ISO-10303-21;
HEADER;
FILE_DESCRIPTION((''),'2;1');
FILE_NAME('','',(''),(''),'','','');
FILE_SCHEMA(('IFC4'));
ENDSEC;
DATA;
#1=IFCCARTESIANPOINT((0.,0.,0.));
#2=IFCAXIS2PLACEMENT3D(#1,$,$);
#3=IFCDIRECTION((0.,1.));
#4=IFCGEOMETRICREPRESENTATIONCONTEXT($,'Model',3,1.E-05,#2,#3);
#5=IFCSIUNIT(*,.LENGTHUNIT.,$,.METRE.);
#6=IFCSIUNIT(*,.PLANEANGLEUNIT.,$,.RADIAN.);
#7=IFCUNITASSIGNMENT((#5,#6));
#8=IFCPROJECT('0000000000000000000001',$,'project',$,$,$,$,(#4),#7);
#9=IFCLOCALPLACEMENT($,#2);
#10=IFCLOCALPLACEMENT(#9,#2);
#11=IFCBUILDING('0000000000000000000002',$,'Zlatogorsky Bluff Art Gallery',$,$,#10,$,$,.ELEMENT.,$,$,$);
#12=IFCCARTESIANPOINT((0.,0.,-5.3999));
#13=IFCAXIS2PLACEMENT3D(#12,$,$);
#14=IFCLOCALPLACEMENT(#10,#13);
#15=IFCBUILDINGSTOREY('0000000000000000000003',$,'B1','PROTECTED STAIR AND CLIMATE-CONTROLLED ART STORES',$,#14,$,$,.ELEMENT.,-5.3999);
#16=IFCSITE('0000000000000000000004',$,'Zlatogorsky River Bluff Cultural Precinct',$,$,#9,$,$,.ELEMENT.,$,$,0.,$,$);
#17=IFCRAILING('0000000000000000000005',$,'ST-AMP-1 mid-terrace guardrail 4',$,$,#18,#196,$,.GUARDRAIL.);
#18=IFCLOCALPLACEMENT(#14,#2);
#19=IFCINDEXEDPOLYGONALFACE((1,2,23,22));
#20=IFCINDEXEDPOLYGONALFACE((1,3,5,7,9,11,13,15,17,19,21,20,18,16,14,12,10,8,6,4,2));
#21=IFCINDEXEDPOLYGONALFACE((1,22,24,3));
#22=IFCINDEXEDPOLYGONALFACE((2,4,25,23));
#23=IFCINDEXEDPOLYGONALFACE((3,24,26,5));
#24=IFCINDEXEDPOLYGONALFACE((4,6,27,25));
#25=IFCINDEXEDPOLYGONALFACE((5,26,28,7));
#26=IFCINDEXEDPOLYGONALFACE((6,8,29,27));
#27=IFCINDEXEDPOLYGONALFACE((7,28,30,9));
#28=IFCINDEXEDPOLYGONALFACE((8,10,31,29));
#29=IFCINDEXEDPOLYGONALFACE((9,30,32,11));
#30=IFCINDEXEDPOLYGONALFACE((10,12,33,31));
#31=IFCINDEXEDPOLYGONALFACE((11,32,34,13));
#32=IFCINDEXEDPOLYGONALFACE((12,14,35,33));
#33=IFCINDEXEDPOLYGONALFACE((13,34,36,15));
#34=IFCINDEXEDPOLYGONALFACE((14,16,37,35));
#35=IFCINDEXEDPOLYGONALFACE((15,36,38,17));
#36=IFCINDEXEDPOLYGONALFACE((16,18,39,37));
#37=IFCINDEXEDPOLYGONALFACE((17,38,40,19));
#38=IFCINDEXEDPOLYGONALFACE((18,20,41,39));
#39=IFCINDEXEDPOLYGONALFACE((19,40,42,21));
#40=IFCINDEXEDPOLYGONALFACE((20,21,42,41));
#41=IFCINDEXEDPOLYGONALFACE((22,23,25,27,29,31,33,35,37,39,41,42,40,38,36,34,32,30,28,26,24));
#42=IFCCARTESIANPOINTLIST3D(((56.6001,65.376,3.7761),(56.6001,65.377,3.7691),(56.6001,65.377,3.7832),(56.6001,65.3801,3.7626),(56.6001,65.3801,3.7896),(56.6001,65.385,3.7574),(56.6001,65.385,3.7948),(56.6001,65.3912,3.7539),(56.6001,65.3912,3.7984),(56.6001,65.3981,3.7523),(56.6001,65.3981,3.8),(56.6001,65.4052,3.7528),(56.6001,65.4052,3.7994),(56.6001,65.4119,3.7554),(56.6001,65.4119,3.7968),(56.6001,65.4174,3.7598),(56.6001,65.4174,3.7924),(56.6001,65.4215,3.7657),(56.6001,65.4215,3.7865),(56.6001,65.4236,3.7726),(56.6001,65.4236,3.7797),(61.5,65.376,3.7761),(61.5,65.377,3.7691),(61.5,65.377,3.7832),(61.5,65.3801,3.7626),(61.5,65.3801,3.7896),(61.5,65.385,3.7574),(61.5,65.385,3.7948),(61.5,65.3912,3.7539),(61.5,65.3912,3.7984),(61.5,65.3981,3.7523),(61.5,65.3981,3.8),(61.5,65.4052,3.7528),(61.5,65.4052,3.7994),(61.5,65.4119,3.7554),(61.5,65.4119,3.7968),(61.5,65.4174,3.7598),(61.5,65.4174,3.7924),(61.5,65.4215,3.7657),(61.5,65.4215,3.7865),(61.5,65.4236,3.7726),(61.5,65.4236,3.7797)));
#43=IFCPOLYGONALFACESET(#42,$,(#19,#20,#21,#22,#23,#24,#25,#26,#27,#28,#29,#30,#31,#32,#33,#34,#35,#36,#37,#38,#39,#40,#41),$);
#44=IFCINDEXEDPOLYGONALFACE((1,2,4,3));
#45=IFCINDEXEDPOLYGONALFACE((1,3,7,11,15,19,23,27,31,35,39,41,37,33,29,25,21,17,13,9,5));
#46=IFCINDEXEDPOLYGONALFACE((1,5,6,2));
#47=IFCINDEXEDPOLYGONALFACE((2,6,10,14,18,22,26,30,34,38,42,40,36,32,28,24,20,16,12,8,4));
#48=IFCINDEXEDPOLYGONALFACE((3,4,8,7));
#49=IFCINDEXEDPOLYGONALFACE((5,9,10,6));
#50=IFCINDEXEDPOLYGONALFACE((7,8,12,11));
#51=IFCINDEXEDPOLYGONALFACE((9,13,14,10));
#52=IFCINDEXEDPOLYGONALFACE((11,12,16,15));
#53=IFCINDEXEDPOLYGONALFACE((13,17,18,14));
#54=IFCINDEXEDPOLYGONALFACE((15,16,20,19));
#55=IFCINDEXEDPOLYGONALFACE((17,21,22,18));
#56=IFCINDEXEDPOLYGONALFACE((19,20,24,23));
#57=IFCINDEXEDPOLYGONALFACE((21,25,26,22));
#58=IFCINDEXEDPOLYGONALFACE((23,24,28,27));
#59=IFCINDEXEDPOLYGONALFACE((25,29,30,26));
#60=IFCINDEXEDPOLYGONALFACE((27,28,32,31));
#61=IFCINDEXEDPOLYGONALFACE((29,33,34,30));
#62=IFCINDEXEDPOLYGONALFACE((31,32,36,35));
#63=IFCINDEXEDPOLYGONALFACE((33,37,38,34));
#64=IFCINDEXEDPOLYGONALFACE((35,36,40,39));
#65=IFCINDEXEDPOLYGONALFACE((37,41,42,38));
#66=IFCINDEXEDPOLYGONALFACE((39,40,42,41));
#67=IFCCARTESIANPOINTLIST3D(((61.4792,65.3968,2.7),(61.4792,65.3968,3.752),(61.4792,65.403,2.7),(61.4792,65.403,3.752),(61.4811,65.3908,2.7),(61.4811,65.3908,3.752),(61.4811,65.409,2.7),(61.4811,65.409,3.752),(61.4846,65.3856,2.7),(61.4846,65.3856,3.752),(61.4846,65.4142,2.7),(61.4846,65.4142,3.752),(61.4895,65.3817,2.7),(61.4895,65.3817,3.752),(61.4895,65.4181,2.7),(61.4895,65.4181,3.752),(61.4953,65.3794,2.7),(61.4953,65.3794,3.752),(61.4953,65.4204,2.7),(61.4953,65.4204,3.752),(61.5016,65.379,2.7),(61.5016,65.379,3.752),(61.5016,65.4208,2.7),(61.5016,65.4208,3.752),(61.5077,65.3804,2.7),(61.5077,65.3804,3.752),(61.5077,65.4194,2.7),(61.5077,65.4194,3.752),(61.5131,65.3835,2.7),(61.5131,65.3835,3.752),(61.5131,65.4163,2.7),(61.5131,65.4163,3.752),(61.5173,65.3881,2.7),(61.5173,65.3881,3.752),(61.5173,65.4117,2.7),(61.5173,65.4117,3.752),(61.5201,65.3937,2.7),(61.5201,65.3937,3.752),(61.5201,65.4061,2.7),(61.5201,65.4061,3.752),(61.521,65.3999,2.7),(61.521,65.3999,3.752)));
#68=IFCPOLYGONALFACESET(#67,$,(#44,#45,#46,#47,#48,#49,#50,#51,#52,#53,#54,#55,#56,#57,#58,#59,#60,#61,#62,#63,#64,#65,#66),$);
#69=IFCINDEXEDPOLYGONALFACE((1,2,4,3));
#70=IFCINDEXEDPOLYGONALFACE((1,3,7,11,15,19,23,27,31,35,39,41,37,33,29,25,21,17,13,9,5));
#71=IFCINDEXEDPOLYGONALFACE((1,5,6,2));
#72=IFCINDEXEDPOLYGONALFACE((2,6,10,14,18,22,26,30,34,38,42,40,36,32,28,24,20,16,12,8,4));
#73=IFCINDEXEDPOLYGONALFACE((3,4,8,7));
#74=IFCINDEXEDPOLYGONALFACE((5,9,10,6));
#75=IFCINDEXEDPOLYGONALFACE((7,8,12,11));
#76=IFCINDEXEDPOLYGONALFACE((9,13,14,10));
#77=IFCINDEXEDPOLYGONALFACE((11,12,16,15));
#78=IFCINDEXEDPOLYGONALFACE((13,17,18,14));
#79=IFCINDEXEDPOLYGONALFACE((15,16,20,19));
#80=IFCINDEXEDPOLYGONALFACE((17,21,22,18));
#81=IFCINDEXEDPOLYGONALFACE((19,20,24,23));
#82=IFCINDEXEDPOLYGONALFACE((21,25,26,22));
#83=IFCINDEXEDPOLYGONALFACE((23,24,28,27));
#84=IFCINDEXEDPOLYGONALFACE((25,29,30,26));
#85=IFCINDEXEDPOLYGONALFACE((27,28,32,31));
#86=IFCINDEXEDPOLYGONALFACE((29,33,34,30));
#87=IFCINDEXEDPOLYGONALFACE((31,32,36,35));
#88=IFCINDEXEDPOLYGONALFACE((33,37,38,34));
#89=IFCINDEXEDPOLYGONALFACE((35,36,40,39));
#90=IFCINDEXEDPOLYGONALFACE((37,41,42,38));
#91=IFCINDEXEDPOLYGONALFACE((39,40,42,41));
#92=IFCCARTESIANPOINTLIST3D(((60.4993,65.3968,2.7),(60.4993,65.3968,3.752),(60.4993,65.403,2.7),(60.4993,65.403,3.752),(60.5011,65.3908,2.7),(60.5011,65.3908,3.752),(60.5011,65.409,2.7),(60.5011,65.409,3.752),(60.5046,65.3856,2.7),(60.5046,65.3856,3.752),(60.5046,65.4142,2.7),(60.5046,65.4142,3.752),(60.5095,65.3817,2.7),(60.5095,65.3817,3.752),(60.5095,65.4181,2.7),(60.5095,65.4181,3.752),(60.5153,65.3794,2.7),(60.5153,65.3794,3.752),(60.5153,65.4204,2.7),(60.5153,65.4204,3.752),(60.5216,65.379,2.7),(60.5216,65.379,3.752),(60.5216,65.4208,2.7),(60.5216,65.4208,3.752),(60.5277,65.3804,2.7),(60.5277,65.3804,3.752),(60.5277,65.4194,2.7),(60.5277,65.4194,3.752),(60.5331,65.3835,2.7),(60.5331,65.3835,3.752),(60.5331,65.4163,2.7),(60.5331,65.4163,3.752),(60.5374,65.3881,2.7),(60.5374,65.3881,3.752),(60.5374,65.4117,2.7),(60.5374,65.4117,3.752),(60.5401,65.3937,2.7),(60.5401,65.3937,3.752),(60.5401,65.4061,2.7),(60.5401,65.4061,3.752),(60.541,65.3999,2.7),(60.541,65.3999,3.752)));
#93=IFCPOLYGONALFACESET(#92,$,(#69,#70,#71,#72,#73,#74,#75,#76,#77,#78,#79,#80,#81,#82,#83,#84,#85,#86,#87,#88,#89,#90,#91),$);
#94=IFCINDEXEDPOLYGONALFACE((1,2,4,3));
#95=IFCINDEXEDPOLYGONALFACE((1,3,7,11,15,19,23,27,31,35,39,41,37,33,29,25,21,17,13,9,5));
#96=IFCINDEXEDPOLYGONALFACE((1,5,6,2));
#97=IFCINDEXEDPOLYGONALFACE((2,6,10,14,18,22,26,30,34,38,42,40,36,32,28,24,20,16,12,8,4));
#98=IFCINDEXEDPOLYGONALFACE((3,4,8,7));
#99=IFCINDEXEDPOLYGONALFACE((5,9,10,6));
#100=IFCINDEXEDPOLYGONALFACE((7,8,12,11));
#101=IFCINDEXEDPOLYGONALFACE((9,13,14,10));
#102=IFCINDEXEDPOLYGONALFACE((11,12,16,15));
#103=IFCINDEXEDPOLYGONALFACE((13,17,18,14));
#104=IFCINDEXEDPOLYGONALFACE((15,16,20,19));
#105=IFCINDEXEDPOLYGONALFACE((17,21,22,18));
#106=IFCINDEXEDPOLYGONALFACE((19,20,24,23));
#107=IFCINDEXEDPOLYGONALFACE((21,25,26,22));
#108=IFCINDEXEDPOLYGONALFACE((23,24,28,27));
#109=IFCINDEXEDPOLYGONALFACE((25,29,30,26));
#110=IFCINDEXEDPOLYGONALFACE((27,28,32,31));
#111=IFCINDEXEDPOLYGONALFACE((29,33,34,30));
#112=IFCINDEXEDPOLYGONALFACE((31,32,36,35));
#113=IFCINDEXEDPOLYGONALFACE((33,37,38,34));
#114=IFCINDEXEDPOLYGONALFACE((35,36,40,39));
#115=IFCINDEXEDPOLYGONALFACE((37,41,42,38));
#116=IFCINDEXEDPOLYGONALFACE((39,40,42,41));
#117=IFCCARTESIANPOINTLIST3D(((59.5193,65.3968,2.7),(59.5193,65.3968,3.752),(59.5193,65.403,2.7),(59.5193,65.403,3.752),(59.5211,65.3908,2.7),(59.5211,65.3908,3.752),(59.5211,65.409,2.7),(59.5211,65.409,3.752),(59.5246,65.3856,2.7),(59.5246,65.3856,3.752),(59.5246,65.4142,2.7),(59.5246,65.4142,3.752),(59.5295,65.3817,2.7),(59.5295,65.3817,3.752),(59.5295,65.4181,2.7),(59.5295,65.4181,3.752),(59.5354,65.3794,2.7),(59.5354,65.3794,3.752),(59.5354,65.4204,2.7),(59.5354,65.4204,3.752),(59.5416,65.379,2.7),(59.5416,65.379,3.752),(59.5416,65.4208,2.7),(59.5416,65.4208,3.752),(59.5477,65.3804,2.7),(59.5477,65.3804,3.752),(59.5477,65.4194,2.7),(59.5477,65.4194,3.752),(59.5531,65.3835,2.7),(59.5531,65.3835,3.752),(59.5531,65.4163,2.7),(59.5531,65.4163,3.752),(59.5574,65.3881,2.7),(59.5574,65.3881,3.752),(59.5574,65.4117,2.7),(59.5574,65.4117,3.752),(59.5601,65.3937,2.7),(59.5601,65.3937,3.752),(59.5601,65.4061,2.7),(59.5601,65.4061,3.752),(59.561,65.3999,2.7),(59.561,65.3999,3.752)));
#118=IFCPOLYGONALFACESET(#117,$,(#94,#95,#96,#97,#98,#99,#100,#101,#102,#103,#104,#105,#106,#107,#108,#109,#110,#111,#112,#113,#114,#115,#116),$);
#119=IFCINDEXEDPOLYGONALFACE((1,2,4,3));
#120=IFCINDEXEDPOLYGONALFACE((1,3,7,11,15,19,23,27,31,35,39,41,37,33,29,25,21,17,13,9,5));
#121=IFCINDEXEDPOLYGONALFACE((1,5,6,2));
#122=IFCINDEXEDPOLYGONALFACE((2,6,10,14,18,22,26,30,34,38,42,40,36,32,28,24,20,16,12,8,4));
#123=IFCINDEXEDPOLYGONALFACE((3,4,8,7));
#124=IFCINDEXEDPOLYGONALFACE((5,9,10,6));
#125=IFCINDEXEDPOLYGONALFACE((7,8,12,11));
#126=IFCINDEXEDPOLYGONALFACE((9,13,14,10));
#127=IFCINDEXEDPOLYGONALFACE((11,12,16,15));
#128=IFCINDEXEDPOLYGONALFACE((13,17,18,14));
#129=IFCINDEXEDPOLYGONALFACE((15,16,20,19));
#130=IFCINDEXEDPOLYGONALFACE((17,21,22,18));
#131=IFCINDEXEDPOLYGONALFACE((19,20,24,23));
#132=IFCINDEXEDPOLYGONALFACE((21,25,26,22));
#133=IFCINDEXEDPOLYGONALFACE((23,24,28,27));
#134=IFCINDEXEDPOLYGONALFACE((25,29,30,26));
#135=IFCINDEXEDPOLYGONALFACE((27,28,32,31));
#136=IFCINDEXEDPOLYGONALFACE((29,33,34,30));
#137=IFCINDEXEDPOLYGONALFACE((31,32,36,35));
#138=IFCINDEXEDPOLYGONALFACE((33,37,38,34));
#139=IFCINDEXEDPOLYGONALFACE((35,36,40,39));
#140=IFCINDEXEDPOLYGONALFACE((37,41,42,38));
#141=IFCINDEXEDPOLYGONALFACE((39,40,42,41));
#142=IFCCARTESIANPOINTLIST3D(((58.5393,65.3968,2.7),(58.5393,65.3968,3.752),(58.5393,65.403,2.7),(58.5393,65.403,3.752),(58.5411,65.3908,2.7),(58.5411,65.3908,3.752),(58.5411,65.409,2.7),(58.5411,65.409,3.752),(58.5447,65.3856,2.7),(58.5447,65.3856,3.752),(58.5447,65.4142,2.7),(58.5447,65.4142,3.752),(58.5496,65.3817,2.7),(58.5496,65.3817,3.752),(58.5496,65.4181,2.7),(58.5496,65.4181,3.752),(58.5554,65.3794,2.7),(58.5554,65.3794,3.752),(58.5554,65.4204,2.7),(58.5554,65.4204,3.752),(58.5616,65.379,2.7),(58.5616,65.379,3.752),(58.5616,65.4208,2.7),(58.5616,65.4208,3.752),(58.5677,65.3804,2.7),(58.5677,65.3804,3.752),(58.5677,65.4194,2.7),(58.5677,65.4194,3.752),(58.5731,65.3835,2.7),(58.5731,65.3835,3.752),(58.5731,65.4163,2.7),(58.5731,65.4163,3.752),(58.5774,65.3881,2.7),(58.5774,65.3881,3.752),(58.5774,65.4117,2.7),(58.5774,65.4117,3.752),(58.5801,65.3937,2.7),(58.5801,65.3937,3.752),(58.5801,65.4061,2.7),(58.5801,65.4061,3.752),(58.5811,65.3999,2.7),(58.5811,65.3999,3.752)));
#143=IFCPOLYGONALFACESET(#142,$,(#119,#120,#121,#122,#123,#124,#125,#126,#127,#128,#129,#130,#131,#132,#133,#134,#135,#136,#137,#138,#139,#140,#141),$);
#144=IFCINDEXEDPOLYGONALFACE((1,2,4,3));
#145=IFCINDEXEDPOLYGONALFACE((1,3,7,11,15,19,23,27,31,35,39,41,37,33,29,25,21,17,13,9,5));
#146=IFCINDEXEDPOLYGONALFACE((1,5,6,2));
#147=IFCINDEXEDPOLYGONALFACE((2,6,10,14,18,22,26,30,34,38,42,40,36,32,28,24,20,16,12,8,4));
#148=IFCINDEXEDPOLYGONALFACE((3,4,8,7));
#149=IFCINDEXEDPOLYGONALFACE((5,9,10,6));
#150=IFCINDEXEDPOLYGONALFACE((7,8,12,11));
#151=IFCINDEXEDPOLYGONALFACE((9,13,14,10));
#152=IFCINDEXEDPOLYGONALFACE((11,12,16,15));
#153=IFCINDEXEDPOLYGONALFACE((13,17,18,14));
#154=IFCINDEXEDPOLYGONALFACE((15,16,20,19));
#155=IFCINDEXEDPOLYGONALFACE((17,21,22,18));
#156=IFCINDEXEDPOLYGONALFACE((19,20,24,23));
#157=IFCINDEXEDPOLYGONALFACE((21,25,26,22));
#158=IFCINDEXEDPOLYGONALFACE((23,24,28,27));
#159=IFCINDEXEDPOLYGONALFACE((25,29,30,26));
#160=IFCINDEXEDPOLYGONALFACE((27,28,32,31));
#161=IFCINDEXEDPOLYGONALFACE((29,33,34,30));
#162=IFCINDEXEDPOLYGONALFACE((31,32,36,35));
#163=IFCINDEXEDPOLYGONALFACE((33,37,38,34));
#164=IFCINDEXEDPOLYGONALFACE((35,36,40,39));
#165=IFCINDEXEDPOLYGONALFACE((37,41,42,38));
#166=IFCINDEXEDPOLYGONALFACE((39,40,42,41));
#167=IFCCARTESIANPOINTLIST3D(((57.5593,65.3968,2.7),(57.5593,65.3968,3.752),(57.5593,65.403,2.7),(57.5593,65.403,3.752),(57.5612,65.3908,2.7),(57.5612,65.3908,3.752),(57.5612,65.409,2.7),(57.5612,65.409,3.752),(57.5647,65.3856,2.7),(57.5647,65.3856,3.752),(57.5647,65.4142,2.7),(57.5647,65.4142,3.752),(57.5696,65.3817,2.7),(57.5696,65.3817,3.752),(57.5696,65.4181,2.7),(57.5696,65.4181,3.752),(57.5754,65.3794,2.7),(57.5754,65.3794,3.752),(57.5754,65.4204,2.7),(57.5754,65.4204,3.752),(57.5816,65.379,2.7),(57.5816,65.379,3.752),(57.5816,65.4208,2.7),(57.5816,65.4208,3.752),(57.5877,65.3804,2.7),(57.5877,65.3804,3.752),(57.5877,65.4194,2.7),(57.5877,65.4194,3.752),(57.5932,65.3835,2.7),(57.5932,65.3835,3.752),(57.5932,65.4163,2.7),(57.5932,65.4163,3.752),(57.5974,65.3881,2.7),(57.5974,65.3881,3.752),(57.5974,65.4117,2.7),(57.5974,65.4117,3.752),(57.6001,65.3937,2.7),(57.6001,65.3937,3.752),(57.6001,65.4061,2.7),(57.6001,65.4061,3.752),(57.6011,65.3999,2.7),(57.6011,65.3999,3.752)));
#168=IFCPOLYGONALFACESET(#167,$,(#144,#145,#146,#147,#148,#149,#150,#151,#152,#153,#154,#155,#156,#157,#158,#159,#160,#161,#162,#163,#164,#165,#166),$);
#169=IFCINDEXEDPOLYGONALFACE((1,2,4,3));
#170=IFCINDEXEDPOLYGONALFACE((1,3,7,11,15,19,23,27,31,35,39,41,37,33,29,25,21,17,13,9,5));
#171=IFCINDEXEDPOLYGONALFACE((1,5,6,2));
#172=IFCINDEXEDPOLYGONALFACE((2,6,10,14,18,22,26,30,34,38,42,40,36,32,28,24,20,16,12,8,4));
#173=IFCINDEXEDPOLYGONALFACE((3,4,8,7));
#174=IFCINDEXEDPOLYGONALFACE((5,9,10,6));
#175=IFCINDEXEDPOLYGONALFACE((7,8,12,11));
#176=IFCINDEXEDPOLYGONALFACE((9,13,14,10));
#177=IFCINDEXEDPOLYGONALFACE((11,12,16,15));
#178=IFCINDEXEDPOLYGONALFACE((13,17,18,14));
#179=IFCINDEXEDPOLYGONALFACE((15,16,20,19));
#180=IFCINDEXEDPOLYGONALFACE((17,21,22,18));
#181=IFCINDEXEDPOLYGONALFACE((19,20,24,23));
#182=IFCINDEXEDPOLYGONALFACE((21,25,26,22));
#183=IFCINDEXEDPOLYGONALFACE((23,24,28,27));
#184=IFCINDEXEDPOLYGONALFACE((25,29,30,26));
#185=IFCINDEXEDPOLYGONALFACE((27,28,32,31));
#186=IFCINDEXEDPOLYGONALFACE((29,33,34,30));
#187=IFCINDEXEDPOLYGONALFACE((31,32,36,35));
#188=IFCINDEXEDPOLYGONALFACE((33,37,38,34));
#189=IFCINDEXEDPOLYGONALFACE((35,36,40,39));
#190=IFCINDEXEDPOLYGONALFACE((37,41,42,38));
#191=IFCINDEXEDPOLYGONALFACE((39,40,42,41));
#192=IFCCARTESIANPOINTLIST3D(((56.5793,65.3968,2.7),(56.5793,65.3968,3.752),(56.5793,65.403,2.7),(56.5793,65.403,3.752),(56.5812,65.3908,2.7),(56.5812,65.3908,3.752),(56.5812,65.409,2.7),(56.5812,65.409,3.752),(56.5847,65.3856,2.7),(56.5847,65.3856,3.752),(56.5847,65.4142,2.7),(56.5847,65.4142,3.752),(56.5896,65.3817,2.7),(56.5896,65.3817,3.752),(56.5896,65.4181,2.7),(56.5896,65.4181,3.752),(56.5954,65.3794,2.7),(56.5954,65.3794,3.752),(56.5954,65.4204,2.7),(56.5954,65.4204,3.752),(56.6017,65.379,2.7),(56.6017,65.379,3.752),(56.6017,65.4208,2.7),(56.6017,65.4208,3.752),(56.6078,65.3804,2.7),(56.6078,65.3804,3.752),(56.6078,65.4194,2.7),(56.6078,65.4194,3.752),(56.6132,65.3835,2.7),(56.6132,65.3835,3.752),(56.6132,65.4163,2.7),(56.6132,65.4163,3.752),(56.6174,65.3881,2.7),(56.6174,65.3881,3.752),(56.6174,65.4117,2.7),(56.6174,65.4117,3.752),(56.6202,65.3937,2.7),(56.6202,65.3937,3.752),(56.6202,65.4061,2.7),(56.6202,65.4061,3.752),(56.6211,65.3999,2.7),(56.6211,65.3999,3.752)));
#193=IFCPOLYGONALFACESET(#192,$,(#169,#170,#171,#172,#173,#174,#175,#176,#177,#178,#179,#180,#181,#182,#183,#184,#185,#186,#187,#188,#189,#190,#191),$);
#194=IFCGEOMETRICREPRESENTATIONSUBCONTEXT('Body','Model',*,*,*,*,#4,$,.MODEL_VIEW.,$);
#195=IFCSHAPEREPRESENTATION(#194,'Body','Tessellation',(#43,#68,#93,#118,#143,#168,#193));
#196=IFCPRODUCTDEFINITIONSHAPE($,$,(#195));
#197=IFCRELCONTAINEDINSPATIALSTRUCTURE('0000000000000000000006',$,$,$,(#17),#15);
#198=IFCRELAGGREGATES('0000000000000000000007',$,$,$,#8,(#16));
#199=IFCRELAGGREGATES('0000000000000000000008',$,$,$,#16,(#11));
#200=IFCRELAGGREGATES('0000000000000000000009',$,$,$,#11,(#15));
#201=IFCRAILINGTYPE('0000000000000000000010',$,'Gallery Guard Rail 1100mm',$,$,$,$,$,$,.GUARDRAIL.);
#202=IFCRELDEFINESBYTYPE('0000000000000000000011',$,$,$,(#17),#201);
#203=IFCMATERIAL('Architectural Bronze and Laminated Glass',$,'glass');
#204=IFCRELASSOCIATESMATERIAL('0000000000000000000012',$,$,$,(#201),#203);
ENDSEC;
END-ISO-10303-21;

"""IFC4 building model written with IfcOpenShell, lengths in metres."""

from ifc_helpers import new_model, si_unit, direction, frame, origin, origin_2d, place, context, subcontext, project, spatial, circle, extrude, material, type_object, element, save


model = new_model("IFC4")

# Units and contexts
model_context = context("Model", 3, precision=1e-05, world=origin(), true_north=direction((0.0, 1.0)))
body_context = subcontext(model_context, "Body", "Model", "MODEL_VIEW")
ifc_project = project(units=[si_unit("LENGTHUNIT", "METRE"), si_unit("PLANEANGLEUNIT", "RADIAN")], contexts=[model_context])

# Site, building, storey
site_placement = place(None, origin())
site = spatial("IfcSite", under=ifc_project, at=site_placement, Name="Zlatogorsky River Bluff Cultural Precinct", CompositionType="ELEMENT", RefElevation=0.0)
building_placement = place(site_placement, origin())
building = spatial("IfcBuilding", under=site, at=building_placement, Name="Zlatogorsky Bluff Art Gallery", CompositionType="ELEMENT")
storey_placement = place(building_placement, frame((0.0, 0.0, -5.3999)))
storey = spatial("IfcBuildingStorey", under=building, at=storey_placement, Name="B1", Description="PROTECTED STAIR AND CLIMATE-CONTROLLED ART STORES", CompositionType="ELEMENT", Elevation=-5.3999)

# Railing
ifc_material_1 = material(Name="Architectural Bronze and Laminated Glass", Category="glass")
railing_type_1 = type_object("IfcRailingType", Name="Gallery Guard Rail 1100mm", PredefinedType="GUARDRAIL", material=ifc_material_1)
railing_1_placement = place(storey_placement, frame((61.5, 65.3999, 2.7)))
element("IfcRailing", 1, at=railing_1_placement, inside=storey, type_object=railing_type_1, Name="ST-AMP-1 mid-terrace guardrail 4", PredefinedType="GUARDRAIL", context=body_context, shape_type="SweptSolid", body=[
    extrude(circle(Radius=0.0239, at=origin_2d()), frame((0.0, 0.0, 1.0762), z_axis=(-1.0, 0.0, 0.0), x_axis=(0.0, -1.0, 0.0)), (0.0, 0.0, 1.0), 4.8999),
    extrude(circle(Radius=0.021, at=origin_2d()), origin(), (0.0, 0.0, 1.0), 1.052),
    extrude(circle(Radius=0.021, at=origin_2d()), frame((-0.98, 0.0, 0.0)), (0.0, 0.0, 1.0), 1.052),
    extrude(circle(Radius=0.021, at=origin_2d()), frame((-1.96, 0.0, 0.0)), (0.0, 0.0, 1.0), 1.052),
    extrude(circle(Radius=0.021, at=origin_2d()), frame((-2.9399, 0.0, 0.0)), (0.0, 0.0, 1.0), 1.052),
    extrude(circle(Radius=0.021, at=origin_2d()), frame((-3.9199, 0.0, 0.0)), (0.0, 0.0, 1.0), 1.052),
    extrude(circle(Radius=0.021, at=origin_2d()), frame((-4.8999, 0.0, 0.0)), (0.0, 0.0, 1.0), 1.052),
])

save(model, "model.ifc")
